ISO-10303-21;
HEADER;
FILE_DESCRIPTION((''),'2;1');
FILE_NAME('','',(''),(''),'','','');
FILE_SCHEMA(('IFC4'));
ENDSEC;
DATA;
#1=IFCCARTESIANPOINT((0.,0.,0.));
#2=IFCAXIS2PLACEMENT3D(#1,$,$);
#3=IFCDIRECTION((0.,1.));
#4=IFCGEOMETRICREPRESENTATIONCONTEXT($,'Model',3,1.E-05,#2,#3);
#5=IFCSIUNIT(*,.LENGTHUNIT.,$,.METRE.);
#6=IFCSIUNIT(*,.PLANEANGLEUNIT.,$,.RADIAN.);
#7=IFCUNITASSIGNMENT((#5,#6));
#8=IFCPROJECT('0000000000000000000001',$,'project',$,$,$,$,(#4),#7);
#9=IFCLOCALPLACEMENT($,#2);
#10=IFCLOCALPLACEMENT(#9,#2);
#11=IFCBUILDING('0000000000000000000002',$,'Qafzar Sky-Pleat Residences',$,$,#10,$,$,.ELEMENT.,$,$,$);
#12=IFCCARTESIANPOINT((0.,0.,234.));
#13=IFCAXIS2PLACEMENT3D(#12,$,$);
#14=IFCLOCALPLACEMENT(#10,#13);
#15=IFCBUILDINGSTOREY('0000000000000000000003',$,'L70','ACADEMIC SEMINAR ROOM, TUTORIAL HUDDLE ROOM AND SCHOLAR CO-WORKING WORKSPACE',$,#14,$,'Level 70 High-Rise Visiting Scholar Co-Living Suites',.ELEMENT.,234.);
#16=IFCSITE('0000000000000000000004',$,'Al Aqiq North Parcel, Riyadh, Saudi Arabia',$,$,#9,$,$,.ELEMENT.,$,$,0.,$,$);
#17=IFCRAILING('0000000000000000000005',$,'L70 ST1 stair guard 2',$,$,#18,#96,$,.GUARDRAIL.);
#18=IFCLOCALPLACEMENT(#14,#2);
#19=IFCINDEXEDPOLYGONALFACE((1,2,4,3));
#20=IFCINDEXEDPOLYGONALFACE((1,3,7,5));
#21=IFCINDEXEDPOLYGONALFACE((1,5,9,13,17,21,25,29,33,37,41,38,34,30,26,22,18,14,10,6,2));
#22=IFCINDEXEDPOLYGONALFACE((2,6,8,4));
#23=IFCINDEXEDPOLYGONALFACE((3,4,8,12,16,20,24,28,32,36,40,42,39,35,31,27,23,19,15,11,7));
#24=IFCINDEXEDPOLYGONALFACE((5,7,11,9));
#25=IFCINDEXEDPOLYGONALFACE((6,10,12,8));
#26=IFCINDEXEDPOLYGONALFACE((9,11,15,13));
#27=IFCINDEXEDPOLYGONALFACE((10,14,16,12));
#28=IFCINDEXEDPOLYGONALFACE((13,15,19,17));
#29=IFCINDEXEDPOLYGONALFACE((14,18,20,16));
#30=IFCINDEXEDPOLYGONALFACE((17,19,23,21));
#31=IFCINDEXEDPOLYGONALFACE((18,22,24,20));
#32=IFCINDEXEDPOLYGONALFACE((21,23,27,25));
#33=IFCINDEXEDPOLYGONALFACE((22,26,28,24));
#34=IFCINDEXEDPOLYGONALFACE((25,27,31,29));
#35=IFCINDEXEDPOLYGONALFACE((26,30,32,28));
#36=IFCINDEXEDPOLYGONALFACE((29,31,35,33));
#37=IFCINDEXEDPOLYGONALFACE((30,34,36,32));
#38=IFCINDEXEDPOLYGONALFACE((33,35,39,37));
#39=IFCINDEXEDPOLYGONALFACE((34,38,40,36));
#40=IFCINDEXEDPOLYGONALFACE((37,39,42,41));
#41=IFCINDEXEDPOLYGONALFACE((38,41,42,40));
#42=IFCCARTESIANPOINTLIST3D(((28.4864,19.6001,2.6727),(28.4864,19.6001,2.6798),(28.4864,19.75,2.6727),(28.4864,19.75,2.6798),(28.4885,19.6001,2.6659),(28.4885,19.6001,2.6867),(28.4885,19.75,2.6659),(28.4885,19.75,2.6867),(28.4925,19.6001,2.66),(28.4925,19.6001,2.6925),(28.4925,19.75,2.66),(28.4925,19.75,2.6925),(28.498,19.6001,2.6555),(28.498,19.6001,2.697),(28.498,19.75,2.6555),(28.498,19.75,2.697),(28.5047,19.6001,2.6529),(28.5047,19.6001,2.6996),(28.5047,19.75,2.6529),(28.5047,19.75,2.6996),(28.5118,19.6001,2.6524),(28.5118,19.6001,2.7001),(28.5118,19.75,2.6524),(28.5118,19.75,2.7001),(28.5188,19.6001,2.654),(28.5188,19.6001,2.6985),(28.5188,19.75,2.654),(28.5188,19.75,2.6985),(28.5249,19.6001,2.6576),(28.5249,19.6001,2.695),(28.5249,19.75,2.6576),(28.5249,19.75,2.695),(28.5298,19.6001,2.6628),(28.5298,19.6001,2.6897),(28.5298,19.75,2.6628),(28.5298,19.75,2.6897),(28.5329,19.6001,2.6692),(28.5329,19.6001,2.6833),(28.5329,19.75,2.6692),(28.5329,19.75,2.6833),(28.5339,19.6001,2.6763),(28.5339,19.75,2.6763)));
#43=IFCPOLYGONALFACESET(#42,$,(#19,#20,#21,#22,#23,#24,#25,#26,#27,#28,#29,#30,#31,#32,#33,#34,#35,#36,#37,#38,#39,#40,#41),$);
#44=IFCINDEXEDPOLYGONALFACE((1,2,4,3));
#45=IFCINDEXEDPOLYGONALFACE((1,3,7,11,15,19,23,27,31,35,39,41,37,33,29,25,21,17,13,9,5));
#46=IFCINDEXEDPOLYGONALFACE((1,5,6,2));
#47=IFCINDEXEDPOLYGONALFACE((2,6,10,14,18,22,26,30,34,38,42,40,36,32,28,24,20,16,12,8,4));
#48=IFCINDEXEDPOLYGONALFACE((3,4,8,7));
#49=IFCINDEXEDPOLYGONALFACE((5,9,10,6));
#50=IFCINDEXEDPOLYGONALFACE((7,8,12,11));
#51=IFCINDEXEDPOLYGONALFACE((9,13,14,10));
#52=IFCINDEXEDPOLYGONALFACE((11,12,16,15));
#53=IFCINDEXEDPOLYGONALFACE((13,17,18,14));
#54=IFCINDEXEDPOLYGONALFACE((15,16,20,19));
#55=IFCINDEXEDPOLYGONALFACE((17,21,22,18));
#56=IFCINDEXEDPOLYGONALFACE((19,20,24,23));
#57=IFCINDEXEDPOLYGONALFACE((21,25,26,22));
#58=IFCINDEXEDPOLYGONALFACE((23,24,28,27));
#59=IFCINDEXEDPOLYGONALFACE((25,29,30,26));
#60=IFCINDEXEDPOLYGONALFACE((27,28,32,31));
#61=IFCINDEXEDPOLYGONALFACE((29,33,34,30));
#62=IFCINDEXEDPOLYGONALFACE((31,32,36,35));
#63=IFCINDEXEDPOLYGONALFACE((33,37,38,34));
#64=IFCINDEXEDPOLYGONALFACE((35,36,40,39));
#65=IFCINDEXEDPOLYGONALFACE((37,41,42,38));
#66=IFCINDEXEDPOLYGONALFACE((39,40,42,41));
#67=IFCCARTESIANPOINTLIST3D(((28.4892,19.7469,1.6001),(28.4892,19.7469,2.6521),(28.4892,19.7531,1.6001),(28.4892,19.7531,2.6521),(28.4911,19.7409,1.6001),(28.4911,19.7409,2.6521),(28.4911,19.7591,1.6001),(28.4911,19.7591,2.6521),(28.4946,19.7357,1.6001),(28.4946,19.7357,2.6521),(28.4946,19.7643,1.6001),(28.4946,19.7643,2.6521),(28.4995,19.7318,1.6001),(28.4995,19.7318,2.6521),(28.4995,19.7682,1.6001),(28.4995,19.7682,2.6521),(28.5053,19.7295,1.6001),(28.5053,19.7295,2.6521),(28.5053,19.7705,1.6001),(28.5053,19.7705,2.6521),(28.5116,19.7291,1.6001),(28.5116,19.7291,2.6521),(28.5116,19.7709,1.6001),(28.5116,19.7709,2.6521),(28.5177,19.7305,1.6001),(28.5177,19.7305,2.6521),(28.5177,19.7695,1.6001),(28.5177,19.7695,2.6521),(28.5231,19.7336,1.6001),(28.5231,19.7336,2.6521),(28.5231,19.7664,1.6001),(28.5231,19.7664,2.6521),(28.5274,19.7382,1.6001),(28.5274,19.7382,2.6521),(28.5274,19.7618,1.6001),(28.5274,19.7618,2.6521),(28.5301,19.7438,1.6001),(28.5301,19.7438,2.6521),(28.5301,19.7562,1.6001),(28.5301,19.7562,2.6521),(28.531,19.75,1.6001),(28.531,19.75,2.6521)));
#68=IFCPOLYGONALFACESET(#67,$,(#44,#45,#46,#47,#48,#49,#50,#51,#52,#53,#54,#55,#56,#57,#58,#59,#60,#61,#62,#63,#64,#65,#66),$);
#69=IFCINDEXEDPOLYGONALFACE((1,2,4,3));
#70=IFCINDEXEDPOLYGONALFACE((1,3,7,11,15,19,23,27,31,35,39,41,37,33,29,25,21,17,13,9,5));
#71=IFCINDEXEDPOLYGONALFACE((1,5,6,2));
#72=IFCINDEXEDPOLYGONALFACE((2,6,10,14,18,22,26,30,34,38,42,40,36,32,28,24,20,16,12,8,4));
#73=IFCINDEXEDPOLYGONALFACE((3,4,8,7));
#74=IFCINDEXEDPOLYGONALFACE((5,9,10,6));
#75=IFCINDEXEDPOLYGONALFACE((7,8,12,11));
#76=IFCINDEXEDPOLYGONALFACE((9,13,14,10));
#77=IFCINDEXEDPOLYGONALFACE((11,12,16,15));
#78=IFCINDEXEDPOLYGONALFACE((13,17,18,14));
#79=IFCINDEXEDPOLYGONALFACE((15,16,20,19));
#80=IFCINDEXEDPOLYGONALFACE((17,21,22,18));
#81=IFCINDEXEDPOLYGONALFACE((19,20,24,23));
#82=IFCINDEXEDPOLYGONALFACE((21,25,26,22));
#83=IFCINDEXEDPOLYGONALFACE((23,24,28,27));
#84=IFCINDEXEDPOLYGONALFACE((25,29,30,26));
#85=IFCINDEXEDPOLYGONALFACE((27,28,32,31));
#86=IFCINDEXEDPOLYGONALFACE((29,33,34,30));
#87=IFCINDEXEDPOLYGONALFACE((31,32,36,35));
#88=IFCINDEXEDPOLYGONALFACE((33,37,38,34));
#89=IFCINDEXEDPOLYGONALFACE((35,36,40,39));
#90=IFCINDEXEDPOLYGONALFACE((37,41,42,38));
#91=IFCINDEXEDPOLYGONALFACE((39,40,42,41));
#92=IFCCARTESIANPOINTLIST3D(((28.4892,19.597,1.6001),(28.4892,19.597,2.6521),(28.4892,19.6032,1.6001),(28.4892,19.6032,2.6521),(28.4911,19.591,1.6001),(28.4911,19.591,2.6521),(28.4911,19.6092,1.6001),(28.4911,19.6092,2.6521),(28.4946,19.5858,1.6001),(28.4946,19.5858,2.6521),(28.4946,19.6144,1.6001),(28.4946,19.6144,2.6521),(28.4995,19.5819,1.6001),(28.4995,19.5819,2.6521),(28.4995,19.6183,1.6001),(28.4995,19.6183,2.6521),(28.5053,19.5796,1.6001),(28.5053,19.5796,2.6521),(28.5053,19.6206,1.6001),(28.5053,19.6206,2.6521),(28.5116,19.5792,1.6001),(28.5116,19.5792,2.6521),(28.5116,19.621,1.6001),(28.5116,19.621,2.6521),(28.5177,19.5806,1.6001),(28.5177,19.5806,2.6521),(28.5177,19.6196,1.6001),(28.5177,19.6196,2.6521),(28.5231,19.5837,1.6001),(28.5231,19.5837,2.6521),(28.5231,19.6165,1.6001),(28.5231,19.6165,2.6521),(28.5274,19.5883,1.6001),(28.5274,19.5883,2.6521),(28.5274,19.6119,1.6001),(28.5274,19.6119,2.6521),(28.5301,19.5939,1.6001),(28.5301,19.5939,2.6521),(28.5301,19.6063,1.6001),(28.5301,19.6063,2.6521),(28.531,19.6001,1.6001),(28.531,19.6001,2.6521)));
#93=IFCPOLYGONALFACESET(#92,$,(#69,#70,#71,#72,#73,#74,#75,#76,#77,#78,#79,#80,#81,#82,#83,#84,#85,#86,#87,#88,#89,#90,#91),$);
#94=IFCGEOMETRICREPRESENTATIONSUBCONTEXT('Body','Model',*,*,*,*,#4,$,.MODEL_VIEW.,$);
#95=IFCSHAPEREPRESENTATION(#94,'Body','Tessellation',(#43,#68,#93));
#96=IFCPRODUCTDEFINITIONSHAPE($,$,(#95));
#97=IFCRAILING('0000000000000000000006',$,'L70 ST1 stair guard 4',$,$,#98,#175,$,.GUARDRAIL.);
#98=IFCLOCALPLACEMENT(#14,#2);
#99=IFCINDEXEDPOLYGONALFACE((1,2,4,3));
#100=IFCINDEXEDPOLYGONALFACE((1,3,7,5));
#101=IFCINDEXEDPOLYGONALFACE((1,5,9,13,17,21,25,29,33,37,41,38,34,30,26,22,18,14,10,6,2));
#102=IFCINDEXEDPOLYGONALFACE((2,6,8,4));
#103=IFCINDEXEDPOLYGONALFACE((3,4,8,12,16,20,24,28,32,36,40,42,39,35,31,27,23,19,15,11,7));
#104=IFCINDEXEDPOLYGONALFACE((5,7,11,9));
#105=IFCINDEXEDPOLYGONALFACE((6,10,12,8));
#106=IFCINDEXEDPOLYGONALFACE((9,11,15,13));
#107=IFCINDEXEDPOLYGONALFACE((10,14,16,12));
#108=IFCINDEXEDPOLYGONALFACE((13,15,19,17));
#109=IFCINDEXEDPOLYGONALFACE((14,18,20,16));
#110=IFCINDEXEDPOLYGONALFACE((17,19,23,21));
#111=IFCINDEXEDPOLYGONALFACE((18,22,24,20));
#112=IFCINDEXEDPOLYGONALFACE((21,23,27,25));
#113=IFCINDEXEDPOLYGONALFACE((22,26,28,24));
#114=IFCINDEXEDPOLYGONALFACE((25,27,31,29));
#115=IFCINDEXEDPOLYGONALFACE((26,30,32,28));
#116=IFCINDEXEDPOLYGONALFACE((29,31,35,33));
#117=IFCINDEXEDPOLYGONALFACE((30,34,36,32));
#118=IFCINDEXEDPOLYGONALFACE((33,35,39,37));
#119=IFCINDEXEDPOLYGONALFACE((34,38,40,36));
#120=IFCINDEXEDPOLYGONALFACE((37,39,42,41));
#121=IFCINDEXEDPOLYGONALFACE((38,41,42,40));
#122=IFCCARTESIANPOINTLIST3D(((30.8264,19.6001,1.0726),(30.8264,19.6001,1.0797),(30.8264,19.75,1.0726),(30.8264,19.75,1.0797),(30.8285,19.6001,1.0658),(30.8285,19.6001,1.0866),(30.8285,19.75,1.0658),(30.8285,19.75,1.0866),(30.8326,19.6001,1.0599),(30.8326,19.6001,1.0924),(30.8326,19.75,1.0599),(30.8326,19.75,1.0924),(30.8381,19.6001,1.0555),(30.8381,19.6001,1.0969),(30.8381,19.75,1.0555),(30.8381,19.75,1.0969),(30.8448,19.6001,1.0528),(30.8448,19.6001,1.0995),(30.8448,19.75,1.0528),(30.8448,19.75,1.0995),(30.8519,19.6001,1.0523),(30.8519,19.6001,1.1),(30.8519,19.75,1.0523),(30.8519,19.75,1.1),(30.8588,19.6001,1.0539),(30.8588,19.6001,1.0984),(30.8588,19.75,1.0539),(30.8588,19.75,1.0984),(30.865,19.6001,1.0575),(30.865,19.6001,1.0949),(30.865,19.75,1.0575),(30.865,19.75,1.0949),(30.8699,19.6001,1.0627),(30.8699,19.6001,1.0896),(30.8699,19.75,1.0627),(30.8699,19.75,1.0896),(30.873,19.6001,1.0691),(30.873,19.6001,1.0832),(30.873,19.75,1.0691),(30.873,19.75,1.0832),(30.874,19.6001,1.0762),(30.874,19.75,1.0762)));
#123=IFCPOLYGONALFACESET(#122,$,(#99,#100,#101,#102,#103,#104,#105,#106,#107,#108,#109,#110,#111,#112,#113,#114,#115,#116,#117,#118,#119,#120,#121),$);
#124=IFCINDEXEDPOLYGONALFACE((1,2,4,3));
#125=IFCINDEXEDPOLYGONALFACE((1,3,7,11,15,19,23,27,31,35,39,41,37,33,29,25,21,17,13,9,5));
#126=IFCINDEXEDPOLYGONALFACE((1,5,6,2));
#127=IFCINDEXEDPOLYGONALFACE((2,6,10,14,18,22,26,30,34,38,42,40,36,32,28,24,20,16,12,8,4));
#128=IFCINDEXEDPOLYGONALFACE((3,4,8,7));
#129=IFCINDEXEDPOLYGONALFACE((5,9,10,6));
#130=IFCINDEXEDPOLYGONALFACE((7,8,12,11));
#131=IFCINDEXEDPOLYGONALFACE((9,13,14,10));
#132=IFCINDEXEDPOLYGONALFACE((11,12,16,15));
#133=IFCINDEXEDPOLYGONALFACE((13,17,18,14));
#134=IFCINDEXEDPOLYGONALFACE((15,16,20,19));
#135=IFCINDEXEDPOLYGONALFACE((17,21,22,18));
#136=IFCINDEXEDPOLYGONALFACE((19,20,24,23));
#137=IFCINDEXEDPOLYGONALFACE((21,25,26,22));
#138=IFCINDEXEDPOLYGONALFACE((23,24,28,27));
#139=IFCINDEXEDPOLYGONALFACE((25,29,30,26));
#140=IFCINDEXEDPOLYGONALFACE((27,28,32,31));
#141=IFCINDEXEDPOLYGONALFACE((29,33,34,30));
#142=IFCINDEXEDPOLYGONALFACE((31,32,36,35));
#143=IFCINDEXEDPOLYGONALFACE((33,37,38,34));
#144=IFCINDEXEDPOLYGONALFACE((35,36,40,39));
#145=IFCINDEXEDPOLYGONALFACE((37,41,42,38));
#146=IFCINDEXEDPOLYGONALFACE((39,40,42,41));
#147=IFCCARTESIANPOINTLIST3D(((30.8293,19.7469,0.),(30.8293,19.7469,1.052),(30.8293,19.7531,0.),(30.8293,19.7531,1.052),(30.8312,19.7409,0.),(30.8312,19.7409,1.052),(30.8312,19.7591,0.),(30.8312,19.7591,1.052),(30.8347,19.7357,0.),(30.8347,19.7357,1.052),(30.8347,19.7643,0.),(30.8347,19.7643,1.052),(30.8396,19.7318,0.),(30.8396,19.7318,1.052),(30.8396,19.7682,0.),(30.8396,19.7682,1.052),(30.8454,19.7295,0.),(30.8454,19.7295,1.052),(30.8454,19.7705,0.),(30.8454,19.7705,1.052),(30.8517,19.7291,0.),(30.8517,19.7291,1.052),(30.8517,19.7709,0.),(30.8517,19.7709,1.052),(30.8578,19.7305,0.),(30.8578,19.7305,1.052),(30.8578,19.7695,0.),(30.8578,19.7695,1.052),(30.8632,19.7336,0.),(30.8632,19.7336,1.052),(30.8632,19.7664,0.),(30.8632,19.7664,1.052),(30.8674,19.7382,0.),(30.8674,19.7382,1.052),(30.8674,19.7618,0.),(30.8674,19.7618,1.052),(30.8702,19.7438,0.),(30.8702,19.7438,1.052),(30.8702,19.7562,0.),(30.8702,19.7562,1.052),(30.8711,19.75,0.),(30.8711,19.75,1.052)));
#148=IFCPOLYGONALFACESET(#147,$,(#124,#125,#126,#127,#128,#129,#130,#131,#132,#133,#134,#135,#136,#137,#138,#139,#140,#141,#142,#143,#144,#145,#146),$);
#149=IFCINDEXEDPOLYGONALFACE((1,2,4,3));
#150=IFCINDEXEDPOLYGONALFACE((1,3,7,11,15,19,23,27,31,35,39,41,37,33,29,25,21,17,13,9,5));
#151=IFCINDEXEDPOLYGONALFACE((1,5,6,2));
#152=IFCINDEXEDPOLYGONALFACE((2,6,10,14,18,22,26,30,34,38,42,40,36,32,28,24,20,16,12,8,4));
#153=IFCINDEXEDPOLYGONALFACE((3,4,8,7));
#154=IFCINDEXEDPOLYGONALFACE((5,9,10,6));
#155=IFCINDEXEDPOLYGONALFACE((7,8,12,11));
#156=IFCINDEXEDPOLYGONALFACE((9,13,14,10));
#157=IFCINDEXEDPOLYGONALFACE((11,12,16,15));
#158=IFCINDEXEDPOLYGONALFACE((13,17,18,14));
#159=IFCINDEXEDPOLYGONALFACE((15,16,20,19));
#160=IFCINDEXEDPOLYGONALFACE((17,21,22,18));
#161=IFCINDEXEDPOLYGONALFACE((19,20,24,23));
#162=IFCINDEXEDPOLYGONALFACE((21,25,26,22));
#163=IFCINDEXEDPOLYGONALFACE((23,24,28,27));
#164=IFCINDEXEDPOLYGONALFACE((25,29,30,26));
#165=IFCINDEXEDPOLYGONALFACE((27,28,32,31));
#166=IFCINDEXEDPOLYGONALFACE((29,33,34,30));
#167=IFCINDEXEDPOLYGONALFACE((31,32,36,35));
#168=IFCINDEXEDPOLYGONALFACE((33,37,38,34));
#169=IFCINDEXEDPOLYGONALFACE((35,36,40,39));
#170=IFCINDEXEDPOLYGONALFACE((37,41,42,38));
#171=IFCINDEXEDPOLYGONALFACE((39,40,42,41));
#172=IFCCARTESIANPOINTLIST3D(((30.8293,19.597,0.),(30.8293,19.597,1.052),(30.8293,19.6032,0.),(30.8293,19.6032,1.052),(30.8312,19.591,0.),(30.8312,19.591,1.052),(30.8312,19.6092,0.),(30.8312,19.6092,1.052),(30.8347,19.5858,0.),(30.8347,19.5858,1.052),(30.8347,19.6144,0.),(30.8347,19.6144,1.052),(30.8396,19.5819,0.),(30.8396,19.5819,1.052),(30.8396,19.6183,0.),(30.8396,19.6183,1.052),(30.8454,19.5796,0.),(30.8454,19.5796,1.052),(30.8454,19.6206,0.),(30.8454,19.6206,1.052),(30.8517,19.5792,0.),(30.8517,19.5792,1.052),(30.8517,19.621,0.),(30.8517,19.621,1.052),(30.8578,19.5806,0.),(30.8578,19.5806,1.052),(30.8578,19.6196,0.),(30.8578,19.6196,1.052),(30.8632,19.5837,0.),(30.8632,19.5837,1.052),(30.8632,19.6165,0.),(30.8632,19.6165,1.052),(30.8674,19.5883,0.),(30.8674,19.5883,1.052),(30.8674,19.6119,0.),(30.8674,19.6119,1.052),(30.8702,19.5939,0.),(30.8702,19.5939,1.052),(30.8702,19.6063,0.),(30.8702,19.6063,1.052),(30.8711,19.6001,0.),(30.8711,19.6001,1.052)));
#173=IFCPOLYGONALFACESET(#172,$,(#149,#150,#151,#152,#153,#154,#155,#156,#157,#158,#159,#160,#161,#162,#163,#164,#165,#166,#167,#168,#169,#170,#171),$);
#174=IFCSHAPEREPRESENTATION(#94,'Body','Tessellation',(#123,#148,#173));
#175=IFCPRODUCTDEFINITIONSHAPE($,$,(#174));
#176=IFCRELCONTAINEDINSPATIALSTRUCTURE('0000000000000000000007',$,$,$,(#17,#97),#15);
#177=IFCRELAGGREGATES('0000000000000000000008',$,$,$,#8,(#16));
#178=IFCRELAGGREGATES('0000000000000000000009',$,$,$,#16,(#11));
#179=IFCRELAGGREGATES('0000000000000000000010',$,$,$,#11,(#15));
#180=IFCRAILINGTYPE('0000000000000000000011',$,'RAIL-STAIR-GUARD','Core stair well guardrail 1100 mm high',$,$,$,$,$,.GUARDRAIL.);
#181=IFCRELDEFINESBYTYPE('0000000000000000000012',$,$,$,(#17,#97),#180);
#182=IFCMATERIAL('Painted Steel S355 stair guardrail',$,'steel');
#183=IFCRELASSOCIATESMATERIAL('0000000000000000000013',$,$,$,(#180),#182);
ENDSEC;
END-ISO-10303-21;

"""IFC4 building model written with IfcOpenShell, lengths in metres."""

from ifc_helpers import new_model, si_unit, direction, frame, origin, origin_2d, place, context, subcontext, project, spatial, circle, extrude, source, transform, mapped, material, type_object, element, save


model = new_model("IFC4")

# Units and contexts
model_context = context("Model", 3, precision=1e-05, world=origin(), true_north=direction((0.0, 1.0)))
body_context = subcontext(model_context, "Body", "Model", "MODEL_VIEW")
ifc_project = project(units=[si_unit("LENGTHUNIT", "METRE"), si_unit("PLANEANGLEUNIT", "RADIAN")], contexts=[model_context])

# Site, building, storey
site_placement = place(None, origin())
site = spatial("IfcSite", under=ifc_project, at=site_placement, Name="Al Aqiq North Parcel, Riyadh, Saudi Arabia", CompositionType="ELEMENT", RefElevation=0.0)
building_placement = place(site_placement, origin())
building = spatial("IfcBuilding", under=site, at=building_placement, Name="Qafzar Sky-Pleat Residences", CompositionType="ELEMENT")
storey_placement = place(building_placement, frame((0.0, 0.0, 234.0)))
storey = spatial("IfcBuildingStorey", under=building, at=storey_placement, Name="L70", Description="ACADEMIC SEMINAR ROOM, TUTORIAL HUDDLE ROOM AND SCHOLAR CO-WORKING WORKSPACE", LongName="Level 70 High-Rise Visiting Scholar Co-Living Suites", CompositionType="ELEMENT", Elevation=234.0)

# Railings
ifc_material_1 = material(Name="Painted Steel S355 stair guardrail", Category="steel")
railing_type_1 = type_object("IfcRailingType", Name="RAIL-STAIR-GUARD", Description="Core stair well guardrail 1100 mm high", PredefinedType="GUARDRAIL", material=ifc_material_1)
shared_shape_1 = source(origin(), body_context, "Body", "SweptSolid", [
    extrude(circle(Radius=0.0239, at=origin_2d()), frame((0.0, 0.0, 1.0762), z_axis=(0.0, -1.0, 0.0), x_axis=(1.0, 0.0, 0.0)), (0.0, 0.0, 1.0), 0.1499),
    extrude(circle(Radius=0.021, at=origin_2d()), origin(), (0.0, 0.0, 1.0), 1.052),
    extrude(circle(Radius=0.021, at=origin_2d()), frame((0.0, -0.1499, 0.0)), (0.0, 0.0, 1.0), 1.052),
])
for number, where, name in (
    (1, (28.51, 19.75, 1.6001), "L70 ST1 stair guard 2"),
    (2, (30.8501, 19.75, 0.0), "L70 ST1 stair guard 4"),
):
    element("IfcRailing", number, at=place(storey_placement, frame(where)), inside=storey, type_object=railing_type_1, Name=name, PredefinedType="GUARDRAIL", context=body_context, shape_type="MappedRepresentation", body=[
        mapped(shared_shape_1, transform((0.0, 0.0, 0.0), x_axis=(1.0, 0.0, 0.0), y_axis=(0.0, 1.0, 0.0), z_axis=(0.0, 0.0, 1.0), scale=1.0)),
    ])

save(model, "model.ifc")
